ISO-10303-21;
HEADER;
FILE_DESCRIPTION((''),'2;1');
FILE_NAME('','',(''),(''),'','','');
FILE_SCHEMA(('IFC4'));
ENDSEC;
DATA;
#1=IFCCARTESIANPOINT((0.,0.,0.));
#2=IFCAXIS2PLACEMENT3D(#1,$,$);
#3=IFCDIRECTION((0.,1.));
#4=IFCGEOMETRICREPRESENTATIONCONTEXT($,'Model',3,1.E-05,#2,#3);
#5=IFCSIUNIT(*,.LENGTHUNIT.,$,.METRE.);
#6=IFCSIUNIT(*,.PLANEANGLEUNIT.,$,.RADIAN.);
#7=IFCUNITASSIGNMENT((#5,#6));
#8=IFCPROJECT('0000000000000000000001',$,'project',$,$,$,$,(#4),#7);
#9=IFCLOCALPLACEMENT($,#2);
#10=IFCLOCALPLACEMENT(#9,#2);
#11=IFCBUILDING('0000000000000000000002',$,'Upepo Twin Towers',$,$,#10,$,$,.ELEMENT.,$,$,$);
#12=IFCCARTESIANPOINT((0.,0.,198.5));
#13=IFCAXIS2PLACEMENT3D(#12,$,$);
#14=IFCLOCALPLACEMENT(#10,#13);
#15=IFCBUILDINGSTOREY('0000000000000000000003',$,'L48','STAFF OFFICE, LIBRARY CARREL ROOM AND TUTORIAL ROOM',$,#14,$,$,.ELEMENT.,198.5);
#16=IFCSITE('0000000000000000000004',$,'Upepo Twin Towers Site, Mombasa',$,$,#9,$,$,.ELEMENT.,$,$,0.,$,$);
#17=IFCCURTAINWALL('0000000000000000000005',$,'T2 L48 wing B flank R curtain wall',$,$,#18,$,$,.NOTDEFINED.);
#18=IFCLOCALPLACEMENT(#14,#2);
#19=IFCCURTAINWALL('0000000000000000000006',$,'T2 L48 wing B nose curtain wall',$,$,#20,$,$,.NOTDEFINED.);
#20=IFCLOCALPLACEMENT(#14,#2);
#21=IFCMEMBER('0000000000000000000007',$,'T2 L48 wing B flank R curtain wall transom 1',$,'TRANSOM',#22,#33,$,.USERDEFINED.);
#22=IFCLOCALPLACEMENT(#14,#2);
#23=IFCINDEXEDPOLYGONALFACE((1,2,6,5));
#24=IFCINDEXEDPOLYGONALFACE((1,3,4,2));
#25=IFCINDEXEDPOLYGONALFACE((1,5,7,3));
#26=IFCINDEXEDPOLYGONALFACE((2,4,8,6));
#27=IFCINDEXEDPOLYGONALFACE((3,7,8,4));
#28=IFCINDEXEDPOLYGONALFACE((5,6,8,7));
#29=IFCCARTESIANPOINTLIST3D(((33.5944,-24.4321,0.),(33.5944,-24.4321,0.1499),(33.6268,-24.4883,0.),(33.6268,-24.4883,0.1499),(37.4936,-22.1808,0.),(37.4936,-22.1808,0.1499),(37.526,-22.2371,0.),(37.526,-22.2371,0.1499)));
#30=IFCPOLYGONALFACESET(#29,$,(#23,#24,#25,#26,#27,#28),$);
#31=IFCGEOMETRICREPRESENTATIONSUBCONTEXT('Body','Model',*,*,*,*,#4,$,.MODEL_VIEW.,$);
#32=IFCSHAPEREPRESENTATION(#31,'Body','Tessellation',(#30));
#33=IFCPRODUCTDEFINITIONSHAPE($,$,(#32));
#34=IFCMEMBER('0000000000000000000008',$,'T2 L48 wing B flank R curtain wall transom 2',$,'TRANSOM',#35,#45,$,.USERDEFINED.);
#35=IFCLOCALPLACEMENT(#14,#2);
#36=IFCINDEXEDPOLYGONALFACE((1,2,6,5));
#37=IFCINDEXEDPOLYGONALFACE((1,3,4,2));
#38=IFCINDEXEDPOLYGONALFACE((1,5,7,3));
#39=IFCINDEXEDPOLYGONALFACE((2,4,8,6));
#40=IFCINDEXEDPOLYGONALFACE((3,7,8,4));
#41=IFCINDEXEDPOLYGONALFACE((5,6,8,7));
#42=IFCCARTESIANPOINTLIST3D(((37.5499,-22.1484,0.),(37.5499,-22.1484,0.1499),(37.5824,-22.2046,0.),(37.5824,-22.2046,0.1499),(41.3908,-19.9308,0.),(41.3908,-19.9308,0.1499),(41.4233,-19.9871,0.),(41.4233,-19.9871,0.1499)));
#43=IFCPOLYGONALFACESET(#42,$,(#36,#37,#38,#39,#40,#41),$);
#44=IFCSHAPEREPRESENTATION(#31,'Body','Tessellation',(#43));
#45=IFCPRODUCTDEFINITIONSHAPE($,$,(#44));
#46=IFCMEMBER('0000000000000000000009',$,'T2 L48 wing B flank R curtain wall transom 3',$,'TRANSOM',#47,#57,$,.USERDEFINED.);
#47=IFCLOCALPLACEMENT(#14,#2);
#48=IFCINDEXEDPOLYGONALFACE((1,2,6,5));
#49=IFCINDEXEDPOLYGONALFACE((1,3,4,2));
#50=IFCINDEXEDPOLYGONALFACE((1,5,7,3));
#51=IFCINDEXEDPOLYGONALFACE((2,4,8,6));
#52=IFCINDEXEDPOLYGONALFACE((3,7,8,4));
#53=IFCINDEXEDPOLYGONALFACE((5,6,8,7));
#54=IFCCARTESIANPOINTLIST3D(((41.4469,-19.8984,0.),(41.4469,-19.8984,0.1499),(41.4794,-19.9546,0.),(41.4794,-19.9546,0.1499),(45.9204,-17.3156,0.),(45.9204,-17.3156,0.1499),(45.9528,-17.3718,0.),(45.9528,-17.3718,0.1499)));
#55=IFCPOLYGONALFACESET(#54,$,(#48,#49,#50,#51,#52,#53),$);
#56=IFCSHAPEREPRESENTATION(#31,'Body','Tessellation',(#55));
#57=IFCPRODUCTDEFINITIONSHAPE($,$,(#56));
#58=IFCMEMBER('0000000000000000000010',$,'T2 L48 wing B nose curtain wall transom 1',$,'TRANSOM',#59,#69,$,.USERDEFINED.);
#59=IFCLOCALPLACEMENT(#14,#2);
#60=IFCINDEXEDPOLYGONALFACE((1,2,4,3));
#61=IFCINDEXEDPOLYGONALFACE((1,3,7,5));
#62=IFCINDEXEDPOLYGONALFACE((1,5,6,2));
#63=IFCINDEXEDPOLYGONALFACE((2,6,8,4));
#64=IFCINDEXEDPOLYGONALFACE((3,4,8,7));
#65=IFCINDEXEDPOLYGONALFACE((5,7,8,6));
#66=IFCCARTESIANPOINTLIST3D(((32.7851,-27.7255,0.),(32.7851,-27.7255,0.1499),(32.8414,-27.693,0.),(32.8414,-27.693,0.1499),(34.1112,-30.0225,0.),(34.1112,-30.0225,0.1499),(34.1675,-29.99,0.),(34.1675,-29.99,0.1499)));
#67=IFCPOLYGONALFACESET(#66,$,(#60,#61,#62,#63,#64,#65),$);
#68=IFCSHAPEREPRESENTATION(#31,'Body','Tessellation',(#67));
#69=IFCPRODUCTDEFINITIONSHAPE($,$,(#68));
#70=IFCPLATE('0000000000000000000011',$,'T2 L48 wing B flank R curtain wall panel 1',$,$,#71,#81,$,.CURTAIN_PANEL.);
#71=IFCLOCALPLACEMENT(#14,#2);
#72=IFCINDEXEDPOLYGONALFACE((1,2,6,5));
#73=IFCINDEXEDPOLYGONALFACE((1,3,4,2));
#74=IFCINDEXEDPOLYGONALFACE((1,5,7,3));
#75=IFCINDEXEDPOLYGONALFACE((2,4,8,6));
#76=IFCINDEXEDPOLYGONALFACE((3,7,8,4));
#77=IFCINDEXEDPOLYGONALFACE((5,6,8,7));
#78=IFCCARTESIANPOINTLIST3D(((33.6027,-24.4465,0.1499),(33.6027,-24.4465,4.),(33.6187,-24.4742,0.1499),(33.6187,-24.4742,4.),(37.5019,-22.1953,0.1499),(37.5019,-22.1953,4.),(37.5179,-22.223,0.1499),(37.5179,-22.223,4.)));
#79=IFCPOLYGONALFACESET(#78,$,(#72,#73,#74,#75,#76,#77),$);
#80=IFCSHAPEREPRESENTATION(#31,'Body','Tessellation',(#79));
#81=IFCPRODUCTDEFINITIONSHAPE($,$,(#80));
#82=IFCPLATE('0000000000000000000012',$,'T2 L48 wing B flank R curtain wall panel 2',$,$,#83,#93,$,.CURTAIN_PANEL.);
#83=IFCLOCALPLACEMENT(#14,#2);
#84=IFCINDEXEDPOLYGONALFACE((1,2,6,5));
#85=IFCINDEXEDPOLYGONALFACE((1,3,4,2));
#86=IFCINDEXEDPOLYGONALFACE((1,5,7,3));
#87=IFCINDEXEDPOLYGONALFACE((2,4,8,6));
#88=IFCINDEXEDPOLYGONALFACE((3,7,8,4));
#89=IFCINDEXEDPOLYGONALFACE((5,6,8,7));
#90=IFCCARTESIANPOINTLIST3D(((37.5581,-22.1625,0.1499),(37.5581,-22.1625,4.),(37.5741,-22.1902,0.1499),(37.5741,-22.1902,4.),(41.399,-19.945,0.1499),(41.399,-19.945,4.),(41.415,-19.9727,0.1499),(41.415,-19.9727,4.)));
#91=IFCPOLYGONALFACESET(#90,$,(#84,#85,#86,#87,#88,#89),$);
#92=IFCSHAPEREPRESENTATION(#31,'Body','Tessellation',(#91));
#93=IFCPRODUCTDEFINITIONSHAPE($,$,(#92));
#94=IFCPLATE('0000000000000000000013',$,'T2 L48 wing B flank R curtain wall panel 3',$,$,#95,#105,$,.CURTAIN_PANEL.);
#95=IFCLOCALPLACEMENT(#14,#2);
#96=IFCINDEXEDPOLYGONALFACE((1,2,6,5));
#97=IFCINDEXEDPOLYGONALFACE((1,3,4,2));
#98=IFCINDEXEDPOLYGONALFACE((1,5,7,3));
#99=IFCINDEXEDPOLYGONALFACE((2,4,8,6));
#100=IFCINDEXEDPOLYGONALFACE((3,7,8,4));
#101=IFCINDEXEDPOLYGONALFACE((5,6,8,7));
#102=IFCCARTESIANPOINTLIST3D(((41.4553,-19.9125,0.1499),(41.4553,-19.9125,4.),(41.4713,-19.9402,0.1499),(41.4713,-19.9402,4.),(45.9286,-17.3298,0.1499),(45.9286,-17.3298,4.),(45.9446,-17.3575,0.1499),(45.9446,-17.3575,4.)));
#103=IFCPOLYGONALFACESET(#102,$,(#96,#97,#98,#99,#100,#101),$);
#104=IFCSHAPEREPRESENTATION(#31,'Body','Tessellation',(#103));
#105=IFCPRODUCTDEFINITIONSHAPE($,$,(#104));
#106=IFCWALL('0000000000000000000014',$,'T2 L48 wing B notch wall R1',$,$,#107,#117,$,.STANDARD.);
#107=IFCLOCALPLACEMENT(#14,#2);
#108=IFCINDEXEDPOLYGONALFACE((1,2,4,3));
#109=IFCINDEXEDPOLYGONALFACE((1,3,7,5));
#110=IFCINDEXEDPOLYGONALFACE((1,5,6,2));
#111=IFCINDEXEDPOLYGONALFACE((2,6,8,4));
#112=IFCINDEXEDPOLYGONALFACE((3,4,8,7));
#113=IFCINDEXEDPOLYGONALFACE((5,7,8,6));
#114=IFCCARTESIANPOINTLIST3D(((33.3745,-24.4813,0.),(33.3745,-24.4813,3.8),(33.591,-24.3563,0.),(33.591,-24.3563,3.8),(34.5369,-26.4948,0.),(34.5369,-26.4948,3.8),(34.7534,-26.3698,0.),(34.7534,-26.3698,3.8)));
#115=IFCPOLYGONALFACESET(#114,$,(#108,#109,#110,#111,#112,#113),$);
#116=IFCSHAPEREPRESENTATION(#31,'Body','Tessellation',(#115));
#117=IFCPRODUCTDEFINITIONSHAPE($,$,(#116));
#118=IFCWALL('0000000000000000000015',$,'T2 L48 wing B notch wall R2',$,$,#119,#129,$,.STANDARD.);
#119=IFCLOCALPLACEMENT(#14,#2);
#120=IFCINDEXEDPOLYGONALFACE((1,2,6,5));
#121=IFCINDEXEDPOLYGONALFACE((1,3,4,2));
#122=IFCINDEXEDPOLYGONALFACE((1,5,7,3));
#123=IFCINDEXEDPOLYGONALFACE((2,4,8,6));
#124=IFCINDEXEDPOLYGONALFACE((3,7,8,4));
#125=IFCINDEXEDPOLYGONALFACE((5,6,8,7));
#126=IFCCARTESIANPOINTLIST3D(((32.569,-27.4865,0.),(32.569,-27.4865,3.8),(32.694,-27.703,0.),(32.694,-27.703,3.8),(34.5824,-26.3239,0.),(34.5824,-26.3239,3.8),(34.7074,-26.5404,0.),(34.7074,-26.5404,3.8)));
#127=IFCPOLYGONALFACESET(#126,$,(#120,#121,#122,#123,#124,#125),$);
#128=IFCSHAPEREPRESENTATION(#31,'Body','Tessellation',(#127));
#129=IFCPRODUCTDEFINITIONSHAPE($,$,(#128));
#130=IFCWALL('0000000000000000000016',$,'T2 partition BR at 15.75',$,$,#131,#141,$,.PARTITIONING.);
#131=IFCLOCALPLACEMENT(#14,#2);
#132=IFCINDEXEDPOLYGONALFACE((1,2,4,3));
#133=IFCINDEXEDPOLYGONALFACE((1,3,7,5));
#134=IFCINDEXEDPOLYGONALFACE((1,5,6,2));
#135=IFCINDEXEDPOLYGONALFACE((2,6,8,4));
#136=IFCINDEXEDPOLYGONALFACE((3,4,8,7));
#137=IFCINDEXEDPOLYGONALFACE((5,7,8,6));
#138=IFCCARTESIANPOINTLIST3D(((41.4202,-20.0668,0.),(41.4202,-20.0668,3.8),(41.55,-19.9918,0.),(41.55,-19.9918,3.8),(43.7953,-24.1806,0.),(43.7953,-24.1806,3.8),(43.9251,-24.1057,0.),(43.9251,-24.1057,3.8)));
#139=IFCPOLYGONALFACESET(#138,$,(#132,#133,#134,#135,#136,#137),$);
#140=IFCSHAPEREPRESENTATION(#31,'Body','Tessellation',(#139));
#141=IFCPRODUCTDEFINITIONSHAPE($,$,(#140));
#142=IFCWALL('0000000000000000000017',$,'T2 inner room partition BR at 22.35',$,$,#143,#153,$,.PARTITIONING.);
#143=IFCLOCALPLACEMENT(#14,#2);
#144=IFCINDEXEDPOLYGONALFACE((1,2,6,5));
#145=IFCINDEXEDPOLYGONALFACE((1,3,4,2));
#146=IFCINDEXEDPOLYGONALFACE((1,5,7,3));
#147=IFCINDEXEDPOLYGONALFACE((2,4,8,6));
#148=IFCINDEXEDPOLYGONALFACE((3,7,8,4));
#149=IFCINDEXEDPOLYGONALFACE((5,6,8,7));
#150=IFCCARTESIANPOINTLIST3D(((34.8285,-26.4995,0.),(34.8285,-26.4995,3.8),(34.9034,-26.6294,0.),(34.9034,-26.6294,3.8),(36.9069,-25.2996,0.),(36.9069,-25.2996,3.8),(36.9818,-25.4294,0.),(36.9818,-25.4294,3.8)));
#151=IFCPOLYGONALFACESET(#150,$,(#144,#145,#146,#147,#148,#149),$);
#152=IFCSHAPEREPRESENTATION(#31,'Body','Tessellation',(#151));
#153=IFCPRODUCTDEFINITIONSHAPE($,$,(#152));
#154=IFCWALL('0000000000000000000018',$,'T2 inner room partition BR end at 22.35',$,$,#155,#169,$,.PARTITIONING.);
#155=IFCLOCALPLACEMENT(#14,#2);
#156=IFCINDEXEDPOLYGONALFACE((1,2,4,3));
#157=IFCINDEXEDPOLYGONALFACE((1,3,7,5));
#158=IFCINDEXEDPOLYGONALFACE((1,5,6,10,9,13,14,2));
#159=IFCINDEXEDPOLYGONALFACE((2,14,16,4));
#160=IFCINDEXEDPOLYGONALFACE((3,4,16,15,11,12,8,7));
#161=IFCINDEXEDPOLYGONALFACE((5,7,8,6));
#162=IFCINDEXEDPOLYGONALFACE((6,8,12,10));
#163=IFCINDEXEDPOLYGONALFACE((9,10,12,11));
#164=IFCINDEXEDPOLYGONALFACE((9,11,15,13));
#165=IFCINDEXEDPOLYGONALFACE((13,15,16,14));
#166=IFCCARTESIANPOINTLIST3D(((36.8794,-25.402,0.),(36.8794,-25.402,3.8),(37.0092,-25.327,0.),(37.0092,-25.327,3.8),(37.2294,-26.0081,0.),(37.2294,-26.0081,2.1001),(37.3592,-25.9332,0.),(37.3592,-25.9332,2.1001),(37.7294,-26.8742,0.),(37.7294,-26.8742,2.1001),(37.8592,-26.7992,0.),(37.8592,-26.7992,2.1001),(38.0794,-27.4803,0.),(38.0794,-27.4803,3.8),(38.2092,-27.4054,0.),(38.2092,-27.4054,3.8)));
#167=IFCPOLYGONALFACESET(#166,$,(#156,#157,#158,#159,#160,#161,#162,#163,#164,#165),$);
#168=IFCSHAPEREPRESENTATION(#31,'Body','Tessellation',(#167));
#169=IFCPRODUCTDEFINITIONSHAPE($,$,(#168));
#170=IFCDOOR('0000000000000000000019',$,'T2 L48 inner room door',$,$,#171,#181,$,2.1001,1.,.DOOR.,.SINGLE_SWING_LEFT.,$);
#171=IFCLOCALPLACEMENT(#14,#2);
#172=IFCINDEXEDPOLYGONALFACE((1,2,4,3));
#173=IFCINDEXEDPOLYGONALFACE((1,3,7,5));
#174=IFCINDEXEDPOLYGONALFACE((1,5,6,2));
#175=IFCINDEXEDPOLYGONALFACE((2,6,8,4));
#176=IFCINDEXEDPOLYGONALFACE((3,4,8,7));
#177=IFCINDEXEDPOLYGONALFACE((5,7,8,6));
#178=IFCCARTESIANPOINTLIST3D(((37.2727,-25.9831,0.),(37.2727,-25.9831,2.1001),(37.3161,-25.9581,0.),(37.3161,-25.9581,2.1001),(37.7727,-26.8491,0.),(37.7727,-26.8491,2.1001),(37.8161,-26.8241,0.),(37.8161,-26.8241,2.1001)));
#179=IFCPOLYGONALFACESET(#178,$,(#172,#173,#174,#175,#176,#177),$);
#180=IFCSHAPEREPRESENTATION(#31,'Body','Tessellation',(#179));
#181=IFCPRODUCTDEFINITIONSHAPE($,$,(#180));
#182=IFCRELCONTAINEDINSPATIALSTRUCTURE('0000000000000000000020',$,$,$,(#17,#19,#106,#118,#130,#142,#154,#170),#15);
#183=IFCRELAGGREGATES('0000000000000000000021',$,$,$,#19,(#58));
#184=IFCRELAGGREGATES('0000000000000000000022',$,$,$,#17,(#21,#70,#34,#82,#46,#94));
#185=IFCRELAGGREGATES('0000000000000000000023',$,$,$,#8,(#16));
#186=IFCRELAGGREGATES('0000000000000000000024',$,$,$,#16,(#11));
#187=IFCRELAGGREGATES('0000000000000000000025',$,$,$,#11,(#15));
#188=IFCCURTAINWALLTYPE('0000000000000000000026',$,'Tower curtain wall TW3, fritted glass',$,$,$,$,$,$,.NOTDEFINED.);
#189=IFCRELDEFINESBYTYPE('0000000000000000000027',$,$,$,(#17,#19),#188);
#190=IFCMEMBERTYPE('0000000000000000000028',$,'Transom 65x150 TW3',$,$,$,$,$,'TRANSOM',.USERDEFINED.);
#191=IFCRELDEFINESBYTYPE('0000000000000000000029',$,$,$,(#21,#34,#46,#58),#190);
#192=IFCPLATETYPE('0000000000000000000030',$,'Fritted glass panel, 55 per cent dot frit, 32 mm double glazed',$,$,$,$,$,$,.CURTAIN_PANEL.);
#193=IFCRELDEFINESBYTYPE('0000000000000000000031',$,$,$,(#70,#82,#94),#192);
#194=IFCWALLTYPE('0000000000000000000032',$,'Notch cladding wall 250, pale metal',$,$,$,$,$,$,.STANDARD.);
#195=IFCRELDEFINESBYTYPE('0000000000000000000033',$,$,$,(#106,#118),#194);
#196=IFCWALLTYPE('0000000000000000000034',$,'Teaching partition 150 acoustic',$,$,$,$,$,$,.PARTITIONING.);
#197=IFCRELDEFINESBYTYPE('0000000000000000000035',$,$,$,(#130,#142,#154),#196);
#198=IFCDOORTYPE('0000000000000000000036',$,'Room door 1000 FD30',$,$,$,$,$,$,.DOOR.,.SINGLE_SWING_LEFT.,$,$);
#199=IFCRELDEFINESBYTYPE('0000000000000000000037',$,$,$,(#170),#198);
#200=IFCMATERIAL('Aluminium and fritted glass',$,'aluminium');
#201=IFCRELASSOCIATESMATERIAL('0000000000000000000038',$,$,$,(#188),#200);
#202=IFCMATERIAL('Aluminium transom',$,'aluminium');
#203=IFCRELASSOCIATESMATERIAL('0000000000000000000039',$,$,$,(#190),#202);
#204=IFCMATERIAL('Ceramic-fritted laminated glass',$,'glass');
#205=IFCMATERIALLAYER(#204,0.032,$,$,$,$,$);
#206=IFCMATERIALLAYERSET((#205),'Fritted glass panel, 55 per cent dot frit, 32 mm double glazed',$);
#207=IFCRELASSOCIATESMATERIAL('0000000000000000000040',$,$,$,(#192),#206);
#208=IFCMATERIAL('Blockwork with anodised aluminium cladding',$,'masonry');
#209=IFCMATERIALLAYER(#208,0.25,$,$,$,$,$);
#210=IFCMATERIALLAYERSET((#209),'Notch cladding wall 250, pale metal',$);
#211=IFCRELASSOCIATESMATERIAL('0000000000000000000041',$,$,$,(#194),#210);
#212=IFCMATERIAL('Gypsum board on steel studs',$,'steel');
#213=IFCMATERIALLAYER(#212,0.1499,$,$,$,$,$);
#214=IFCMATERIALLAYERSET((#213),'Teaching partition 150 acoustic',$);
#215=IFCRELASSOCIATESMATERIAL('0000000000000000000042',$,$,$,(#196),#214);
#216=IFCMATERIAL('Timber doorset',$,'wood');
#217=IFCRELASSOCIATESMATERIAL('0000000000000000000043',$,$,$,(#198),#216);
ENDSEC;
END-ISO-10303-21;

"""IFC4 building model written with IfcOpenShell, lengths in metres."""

from ifc_helpers import new_model, si_unit, direction, frame, frame_2d, origin, origin_2d, place, context, subcontext, project, spatial, rectangle, extrude, material, layer, layer_set, material_profile, profile_set, type_object, element, fill, aggregate, save


model = new_model("IFC4")

# Units and contexts
model_context = context("Model", 3, precision=1e-05, world=origin(), true_north=direction((0.0, 1.0)))
body_context = subcontext(model_context, "Body", "Model", "MODEL_VIEW")
ifc_project = project(units=[si_unit("LENGTHUNIT", "METRE"), si_unit("PLANEANGLEUNIT", "RADIAN")], contexts=[model_context])

# Site, building, storey
site_placement = place(None, origin())
site = spatial("IfcSite", under=ifc_project, at=site_placement, Name="Upepo Twin Towers Site, Mombasa", CompositionType="ELEMENT", RefElevation=0.0)
building_placement = place(site_placement, origin())
building = spatial("IfcBuilding", under=site, at=building_placement, Name="Upepo Twin Towers", CompositionType="ELEMENT")
storey_placement = place(building_placement, frame((0.0, 0.0, 198.5)))
storey = spatial("IfcBuildingStorey", under=building, at=storey_placement, Name="L48", Description="STAFF OFFICE, LIBRARY CARREL ROOM AND TUTORIAL ROOM", CompositionType="ELEMENT", Elevation=198.5)

# Curtain wall
ifc_material_1 = material(Name="Aluminium and fritted glass", Category="aluminium")
curtain_wall_type = type_object("IfcCurtainWallType", Name="Tower curtain wall TW3, fritted glass", PredefinedType="NOTDEFINED", material=ifc_material_1)
curtain_wall_1_placement = place(storey_placement, origin())
curtain_wall_1 = element("IfcCurtainWall", 1, at=curtain_wall_1_placement, inside=storey, type_object=curtain_wall_type, Name="T2 L48 wing B flank R curtain wall", PredefinedType="NOTDEFINED")

# Curtain wall
curtain_wall_2_placement = place(storey_placement, origin())
curtain_wall_2 = element("IfcCurtainWall", 2, at=curtain_wall_2_placement, inside=storey, type_object=curtain_wall_type, Name="T2 L48 wing B nose curtain wall", PredefinedType="NOTDEFINED")

# Members
ifc_material_2 = material(Name="Aluminium transom", Category="aluminium")
ifc_material_profile_1 = material_profile(ifc_material_2, rectangle(XDim=0.0649, YDim=0.1499, at=origin_2d()), Name="TRANSOM 65x150")
ifc_profile_set_1 = profile_set([ifc_material_profile_1], Name="Aluminium transom")
member_type_1 = type_object("IfcMemberType", Name="Transom 65x150 TW3", ElementType="TRANSOM", PredefinedType="USERDEFINED", material=ifc_profile_set_1)
member_1_placement = place(storey_placement, frame((33.6106, -24.4602, 0.075), z_axis=(0.866022, 0.500006, 0.0), x_axis=(-0.500006, 0.866022, 0.0)))
member_1 = element("IfcMember", 3, at=member_1_placement, type_object=member_type_1, Name="T2 L48 wing B flank R curtain wall transom 1", ObjectType="TRANSOM", PredefinedType="USERDEFINED", context=body_context, shape_type="SweptSolid", body=[
    extrude(rectangle(XDim=0.0649, YDim=0.1499, at=origin_2d()), origin(), (0.0, 0.0, 1.0), 4.5024),
])
member_2_placement = place(storey_placement, frame((37.5662, -22.1765, 0.075), z_axis=(0.866022, 0.500005, 0.0), x_axis=(-0.500005, 0.866022, 0.0)))
member_2 = element("IfcMember", 4, at=member_2_placement, type_object=member_type_1, Name="T2 L48 wing B flank R curtain wall transom 2", ObjectType="TRANSOM", PredefinedType="USERDEFINED", context=body_context, shape_type="SweptSolid", body=[
    extrude(rectangle(XDim=0.0649, YDim=0.1499, at=origin_2d()), origin(), (0.0, 0.0, 1.0), 4.4351),
])
member_3_placement = place(storey_placement, frame((41.4631, -19.9265, 0.075), z_axis=(0.866021, 0.500007, 0.0), x_axis=(-0.500007, 0.866021, 0.0)))
member_3 = element("IfcMember", 5, at=member_3_placement, type_object=member_type_1, Name="T2 L48 wing B flank R curtain wall transom 3", ObjectType="TRANSOM", PredefinedType="USERDEFINED", context=body_context, shape_type="SweptSolid", body=[
    extrude(rectangle(XDim=0.0649, YDim=0.1499, at=origin_2d()), origin(), (0.0, 0.0, 1.0), 5.1655),
])
member_4_placement = place(storey_placement, frame((32.8132, -27.7092, 0.075), z_axis=(0.49998, -0.866037, 0.0), x_axis=(0.866037, 0.49998, 0.0)))
member_4 = element("IfcMember", 6, at=member_4_placement, type_object=member_type_1, Name="T2 L48 wing B nose curtain wall transom 1", ObjectType="TRANSOM", PredefinedType="USERDEFINED", context=body_context, shape_type="SweptSolid", body=[
    extrude(rectangle(XDim=0.0649, YDim=0.1499, at=origin_2d()), origin(), (0.0, 0.0, 1.0), 2.6523),
])
aggregate(curtain_wall_2, [member_4])

# Plates
ifc_material_3 = material(Name="Ceramic-fritted laminated glass", Category="glass")
ifc_layer_1 = layer(ifc_material_3, 0.032)
ifc_layer_set_1 = layer_set([ifc_layer_1], Name="Fritted glass panel, 55 per cent dot frit, 32 mm double glazed")
plate_type = type_object("IfcPlateType", Name="Fritted glass panel, 55 per cent dot frit, 32 mm double glazed", PredefinedType="CURTAIN_PANEL", material=ifc_layer_set_1)
plate_1_placement = place(storey_placement, frame((35.5603, -23.3347, 0.1499), z_axis=(0.0, 0.0, 1.0), x_axis=(0.866025, 0.5, 0.0)))
plate_1 = element("IfcPlate", 7, at=plate_1_placement, type_object=plate_type, Name="T2 L48 wing B flank R curtain wall panel 1", PredefinedType="CURTAIN_PANEL", context=body_context, shape_type="SweptSolid", body=[
    extrude(rectangle(XDim=4.5024, YDim=0.032, at=origin_2d()), origin(), (0.0, 0.0, 1.0), 3.8501),
])
plate_2_placement = place(storey_placement, frame((39.4866, -21.0676, 0.1499), z_axis=(0.0, 0.0, 1.0), x_axis=(0.866025, 0.5, 0.0)))
plate_2 = element("IfcPlate", 8, at=plate_2_placement, type_object=plate_type, Name="T2 L48 wing B flank R curtain wall panel 2", PredefinedType="CURTAIN_PANEL", context=body_context, shape_type="SweptSolid", body=[
    extrude(rectangle(XDim=4.4351, YDim=0.032, at=origin_2d()), origin(), (0.0, 0.0, 1.0), 3.8501),
])
plate_3_placement = place(storey_placement, frame((43.7, -18.635, 0.1499), z_axis=(0.0, 0.0, 1.0), x_axis=(0.866025, 0.5, 0.0)))
plate_3 = element("IfcPlate", 9, at=plate_3_placement, type_object=plate_type, Name="T2 L48 wing B flank R curtain wall panel 3", PredefinedType="CURTAIN_PANEL", context=body_context, shape_type="SweptSolid", body=[
    extrude(rectangle(XDim=5.1653, YDim=0.032, at=origin_2d()), origin(), (0.0, 0.0, 1.0), 3.8501),
])
aggregate(curtain_wall_1, [member_1, plate_1, member_2, plate_2, member_3, plate_3])

# Walls
ifc_material_4 = material(Name="Blockwork with anodised aluminium cladding", Category="masonry")
ifc_layer_2 = layer(ifc_material_4, 0.25)
ifc_layer_set_2 = layer_set([ifc_layer_2], Name="Notch cladding wall 250, pale metal")
wall_type_1 = type_object("IfcWallType", Name="Notch cladding wall 250, pale metal", PredefinedType="STANDARD", material=ifc_layer_set_2)
for number, where, z_axis, x_axis, name in (
    (10, (33.4827, -24.4187, 0.0), (0.0, 0.0, 1.0), (0.499968, -0.866044, 0.0), "T2 L48 wing B notch wall R1"),
    (11, (34.645, -26.4321, 0.0), (0.0, 0.0, 1.0), (-0.865998, -0.500047, 0.0), "T2 L48 wing B notch wall R2"),
):
    element("IfcWall", number, at=place(storey_placement, frame(where, z_axis=z_axis, x_axis=x_axis)), inside=storey, type_object=wall_type_1, Name=name, PredefinedType="STANDARD", context=body_context, shape_type="SweptSolid", body=[
        extrude(rectangle(XDim=2.325, YDim=0.25, at=frame_2d((1.1626, 0.0))), origin(), (0.0, 0.0, 1.0), 3.8),
    ])
ifc_material_5 = material(Name="Gypsum board on steel studs", Category="steel")
ifc_layer_3 = layer(ifc_material_5, 0.1499)
ifc_layer_set_3 = layer_set([ifc_layer_3], Name="Teaching partition 150 acoustic")
wall_type_2 = type_object("IfcWallType", Name="Teaching partition 150 acoustic", PredefinedType="PARTITIONING", material=ifc_layer_set_3)
wall_1_placement = place(storey_placement, frame((43.8601, -24.1431, 0.0), z_axis=(0.0, 0.0, 1.0), x_axis=(-0.499986, 0.866033, 0.0)))
element("IfcWall", 12, at=wall_1_placement, inside=storey, type_object=wall_type_2, Name="T2 partition BR at 15.75", PredefinedType="PARTITIONING", context=body_context, shape_type="SweptSolid", body=[
    extrude(rectangle(XDim=4.7502, YDim=0.1499, at=frame_2d((2.375, 0.0))), origin(), (0.0, 0.0, 1.0), 3.8),
])
wall_2_placement = place(storey_placement, frame((36.9443, -25.3645, 0.0), z_axis=(0.0, 0.0, 1.0), x_axis=(-0.866025, -0.500001, 0.0)))
element("IfcWall", 13, at=wall_2_placement, inside=storey, type_object=wall_type_2, Name="T2 inner room partition BR at 22.35", PredefinedType="PARTITIONING", context=body_context, shape_type="SweptSolid", body=[
    extrude(rectangle(XDim=2.3999, YDim=0.1499, at=frame_2d((1.2, 0.0))), origin(), (0.0, 0.0, 1.0), 3.8),
])

# Wall, opening, door
wall_3_placement = place(storey_placement, frame((38.1443, -27.4429, 0.0), z_axis=(0.0, 0.0, 1.0), x_axis=(-0.500001, 0.866025, 0.0)))
wall_3 = element("IfcWall", 14, at=wall_3_placement, inside=storey, type_object=wall_type_2, Name="T2 inner room partition BR end at 22.35", PredefinedType="PARTITIONING", context=body_context, shape_type="SweptSolid", body=[
    extrude(rectangle(XDim=2.3999, YDim=0.1499, at=frame_2d((1.2, 0.0))), origin(), (0.0, 0.0, 1.0), 3.8),
])
opening_placement = place(wall_3_placement, frame((0.7, 0.0, 0.0)))
opening = element("IfcOpeningElement", 15, at=opening_placement, cuts=wall_3, PredefinedType="OPENING", context=body_context, shape_type="SweptSolid", body=[
    extrude(rectangle(XDim=1.0, YDim=2.1001, at=frame_2d((0.5, 1.05))), frame((0.0, 0.085, 0.0), z_axis=(0.0, -1.0, 0.0), x_axis=(1.0, 0.0, 0.0)), (0.0, 0.0, 1.0), 0.1699),
])
ifc_material_6 = material(Name="Timber doorset", Category="wood")
door_type = type_object("IfcDoorType", Name="Room door 1000 FD30", OperationType="SINGLE_SWING_LEFT", PredefinedType="DOOR", material=ifc_material_6)
door_placement = place(opening_placement, origin())
door = element("IfcDoor", 16, at=door_placement, inside=storey, type_object=door_type, Name="T2 L48 inner room door", OperationType="SINGLE_SWING_LEFT", OverallHeight=2.1001, OverallWidth=1.0, PredefinedType="DOOR", context=body_context, shape_type="SweptSolid", body=[
    extrude(rectangle(XDim=1.0, YDim=2.1001, at=frame_2d((0.5, 1.05))), frame((0.0, 0.0249, 0.0), z_axis=(0.0, -1.0, 0.0), x_axis=(1.0, 0.0, 0.0)), (0.0, 0.0, 1.0), 0.05),
])
fill(opening, door)

save(model, "model.ifc")
